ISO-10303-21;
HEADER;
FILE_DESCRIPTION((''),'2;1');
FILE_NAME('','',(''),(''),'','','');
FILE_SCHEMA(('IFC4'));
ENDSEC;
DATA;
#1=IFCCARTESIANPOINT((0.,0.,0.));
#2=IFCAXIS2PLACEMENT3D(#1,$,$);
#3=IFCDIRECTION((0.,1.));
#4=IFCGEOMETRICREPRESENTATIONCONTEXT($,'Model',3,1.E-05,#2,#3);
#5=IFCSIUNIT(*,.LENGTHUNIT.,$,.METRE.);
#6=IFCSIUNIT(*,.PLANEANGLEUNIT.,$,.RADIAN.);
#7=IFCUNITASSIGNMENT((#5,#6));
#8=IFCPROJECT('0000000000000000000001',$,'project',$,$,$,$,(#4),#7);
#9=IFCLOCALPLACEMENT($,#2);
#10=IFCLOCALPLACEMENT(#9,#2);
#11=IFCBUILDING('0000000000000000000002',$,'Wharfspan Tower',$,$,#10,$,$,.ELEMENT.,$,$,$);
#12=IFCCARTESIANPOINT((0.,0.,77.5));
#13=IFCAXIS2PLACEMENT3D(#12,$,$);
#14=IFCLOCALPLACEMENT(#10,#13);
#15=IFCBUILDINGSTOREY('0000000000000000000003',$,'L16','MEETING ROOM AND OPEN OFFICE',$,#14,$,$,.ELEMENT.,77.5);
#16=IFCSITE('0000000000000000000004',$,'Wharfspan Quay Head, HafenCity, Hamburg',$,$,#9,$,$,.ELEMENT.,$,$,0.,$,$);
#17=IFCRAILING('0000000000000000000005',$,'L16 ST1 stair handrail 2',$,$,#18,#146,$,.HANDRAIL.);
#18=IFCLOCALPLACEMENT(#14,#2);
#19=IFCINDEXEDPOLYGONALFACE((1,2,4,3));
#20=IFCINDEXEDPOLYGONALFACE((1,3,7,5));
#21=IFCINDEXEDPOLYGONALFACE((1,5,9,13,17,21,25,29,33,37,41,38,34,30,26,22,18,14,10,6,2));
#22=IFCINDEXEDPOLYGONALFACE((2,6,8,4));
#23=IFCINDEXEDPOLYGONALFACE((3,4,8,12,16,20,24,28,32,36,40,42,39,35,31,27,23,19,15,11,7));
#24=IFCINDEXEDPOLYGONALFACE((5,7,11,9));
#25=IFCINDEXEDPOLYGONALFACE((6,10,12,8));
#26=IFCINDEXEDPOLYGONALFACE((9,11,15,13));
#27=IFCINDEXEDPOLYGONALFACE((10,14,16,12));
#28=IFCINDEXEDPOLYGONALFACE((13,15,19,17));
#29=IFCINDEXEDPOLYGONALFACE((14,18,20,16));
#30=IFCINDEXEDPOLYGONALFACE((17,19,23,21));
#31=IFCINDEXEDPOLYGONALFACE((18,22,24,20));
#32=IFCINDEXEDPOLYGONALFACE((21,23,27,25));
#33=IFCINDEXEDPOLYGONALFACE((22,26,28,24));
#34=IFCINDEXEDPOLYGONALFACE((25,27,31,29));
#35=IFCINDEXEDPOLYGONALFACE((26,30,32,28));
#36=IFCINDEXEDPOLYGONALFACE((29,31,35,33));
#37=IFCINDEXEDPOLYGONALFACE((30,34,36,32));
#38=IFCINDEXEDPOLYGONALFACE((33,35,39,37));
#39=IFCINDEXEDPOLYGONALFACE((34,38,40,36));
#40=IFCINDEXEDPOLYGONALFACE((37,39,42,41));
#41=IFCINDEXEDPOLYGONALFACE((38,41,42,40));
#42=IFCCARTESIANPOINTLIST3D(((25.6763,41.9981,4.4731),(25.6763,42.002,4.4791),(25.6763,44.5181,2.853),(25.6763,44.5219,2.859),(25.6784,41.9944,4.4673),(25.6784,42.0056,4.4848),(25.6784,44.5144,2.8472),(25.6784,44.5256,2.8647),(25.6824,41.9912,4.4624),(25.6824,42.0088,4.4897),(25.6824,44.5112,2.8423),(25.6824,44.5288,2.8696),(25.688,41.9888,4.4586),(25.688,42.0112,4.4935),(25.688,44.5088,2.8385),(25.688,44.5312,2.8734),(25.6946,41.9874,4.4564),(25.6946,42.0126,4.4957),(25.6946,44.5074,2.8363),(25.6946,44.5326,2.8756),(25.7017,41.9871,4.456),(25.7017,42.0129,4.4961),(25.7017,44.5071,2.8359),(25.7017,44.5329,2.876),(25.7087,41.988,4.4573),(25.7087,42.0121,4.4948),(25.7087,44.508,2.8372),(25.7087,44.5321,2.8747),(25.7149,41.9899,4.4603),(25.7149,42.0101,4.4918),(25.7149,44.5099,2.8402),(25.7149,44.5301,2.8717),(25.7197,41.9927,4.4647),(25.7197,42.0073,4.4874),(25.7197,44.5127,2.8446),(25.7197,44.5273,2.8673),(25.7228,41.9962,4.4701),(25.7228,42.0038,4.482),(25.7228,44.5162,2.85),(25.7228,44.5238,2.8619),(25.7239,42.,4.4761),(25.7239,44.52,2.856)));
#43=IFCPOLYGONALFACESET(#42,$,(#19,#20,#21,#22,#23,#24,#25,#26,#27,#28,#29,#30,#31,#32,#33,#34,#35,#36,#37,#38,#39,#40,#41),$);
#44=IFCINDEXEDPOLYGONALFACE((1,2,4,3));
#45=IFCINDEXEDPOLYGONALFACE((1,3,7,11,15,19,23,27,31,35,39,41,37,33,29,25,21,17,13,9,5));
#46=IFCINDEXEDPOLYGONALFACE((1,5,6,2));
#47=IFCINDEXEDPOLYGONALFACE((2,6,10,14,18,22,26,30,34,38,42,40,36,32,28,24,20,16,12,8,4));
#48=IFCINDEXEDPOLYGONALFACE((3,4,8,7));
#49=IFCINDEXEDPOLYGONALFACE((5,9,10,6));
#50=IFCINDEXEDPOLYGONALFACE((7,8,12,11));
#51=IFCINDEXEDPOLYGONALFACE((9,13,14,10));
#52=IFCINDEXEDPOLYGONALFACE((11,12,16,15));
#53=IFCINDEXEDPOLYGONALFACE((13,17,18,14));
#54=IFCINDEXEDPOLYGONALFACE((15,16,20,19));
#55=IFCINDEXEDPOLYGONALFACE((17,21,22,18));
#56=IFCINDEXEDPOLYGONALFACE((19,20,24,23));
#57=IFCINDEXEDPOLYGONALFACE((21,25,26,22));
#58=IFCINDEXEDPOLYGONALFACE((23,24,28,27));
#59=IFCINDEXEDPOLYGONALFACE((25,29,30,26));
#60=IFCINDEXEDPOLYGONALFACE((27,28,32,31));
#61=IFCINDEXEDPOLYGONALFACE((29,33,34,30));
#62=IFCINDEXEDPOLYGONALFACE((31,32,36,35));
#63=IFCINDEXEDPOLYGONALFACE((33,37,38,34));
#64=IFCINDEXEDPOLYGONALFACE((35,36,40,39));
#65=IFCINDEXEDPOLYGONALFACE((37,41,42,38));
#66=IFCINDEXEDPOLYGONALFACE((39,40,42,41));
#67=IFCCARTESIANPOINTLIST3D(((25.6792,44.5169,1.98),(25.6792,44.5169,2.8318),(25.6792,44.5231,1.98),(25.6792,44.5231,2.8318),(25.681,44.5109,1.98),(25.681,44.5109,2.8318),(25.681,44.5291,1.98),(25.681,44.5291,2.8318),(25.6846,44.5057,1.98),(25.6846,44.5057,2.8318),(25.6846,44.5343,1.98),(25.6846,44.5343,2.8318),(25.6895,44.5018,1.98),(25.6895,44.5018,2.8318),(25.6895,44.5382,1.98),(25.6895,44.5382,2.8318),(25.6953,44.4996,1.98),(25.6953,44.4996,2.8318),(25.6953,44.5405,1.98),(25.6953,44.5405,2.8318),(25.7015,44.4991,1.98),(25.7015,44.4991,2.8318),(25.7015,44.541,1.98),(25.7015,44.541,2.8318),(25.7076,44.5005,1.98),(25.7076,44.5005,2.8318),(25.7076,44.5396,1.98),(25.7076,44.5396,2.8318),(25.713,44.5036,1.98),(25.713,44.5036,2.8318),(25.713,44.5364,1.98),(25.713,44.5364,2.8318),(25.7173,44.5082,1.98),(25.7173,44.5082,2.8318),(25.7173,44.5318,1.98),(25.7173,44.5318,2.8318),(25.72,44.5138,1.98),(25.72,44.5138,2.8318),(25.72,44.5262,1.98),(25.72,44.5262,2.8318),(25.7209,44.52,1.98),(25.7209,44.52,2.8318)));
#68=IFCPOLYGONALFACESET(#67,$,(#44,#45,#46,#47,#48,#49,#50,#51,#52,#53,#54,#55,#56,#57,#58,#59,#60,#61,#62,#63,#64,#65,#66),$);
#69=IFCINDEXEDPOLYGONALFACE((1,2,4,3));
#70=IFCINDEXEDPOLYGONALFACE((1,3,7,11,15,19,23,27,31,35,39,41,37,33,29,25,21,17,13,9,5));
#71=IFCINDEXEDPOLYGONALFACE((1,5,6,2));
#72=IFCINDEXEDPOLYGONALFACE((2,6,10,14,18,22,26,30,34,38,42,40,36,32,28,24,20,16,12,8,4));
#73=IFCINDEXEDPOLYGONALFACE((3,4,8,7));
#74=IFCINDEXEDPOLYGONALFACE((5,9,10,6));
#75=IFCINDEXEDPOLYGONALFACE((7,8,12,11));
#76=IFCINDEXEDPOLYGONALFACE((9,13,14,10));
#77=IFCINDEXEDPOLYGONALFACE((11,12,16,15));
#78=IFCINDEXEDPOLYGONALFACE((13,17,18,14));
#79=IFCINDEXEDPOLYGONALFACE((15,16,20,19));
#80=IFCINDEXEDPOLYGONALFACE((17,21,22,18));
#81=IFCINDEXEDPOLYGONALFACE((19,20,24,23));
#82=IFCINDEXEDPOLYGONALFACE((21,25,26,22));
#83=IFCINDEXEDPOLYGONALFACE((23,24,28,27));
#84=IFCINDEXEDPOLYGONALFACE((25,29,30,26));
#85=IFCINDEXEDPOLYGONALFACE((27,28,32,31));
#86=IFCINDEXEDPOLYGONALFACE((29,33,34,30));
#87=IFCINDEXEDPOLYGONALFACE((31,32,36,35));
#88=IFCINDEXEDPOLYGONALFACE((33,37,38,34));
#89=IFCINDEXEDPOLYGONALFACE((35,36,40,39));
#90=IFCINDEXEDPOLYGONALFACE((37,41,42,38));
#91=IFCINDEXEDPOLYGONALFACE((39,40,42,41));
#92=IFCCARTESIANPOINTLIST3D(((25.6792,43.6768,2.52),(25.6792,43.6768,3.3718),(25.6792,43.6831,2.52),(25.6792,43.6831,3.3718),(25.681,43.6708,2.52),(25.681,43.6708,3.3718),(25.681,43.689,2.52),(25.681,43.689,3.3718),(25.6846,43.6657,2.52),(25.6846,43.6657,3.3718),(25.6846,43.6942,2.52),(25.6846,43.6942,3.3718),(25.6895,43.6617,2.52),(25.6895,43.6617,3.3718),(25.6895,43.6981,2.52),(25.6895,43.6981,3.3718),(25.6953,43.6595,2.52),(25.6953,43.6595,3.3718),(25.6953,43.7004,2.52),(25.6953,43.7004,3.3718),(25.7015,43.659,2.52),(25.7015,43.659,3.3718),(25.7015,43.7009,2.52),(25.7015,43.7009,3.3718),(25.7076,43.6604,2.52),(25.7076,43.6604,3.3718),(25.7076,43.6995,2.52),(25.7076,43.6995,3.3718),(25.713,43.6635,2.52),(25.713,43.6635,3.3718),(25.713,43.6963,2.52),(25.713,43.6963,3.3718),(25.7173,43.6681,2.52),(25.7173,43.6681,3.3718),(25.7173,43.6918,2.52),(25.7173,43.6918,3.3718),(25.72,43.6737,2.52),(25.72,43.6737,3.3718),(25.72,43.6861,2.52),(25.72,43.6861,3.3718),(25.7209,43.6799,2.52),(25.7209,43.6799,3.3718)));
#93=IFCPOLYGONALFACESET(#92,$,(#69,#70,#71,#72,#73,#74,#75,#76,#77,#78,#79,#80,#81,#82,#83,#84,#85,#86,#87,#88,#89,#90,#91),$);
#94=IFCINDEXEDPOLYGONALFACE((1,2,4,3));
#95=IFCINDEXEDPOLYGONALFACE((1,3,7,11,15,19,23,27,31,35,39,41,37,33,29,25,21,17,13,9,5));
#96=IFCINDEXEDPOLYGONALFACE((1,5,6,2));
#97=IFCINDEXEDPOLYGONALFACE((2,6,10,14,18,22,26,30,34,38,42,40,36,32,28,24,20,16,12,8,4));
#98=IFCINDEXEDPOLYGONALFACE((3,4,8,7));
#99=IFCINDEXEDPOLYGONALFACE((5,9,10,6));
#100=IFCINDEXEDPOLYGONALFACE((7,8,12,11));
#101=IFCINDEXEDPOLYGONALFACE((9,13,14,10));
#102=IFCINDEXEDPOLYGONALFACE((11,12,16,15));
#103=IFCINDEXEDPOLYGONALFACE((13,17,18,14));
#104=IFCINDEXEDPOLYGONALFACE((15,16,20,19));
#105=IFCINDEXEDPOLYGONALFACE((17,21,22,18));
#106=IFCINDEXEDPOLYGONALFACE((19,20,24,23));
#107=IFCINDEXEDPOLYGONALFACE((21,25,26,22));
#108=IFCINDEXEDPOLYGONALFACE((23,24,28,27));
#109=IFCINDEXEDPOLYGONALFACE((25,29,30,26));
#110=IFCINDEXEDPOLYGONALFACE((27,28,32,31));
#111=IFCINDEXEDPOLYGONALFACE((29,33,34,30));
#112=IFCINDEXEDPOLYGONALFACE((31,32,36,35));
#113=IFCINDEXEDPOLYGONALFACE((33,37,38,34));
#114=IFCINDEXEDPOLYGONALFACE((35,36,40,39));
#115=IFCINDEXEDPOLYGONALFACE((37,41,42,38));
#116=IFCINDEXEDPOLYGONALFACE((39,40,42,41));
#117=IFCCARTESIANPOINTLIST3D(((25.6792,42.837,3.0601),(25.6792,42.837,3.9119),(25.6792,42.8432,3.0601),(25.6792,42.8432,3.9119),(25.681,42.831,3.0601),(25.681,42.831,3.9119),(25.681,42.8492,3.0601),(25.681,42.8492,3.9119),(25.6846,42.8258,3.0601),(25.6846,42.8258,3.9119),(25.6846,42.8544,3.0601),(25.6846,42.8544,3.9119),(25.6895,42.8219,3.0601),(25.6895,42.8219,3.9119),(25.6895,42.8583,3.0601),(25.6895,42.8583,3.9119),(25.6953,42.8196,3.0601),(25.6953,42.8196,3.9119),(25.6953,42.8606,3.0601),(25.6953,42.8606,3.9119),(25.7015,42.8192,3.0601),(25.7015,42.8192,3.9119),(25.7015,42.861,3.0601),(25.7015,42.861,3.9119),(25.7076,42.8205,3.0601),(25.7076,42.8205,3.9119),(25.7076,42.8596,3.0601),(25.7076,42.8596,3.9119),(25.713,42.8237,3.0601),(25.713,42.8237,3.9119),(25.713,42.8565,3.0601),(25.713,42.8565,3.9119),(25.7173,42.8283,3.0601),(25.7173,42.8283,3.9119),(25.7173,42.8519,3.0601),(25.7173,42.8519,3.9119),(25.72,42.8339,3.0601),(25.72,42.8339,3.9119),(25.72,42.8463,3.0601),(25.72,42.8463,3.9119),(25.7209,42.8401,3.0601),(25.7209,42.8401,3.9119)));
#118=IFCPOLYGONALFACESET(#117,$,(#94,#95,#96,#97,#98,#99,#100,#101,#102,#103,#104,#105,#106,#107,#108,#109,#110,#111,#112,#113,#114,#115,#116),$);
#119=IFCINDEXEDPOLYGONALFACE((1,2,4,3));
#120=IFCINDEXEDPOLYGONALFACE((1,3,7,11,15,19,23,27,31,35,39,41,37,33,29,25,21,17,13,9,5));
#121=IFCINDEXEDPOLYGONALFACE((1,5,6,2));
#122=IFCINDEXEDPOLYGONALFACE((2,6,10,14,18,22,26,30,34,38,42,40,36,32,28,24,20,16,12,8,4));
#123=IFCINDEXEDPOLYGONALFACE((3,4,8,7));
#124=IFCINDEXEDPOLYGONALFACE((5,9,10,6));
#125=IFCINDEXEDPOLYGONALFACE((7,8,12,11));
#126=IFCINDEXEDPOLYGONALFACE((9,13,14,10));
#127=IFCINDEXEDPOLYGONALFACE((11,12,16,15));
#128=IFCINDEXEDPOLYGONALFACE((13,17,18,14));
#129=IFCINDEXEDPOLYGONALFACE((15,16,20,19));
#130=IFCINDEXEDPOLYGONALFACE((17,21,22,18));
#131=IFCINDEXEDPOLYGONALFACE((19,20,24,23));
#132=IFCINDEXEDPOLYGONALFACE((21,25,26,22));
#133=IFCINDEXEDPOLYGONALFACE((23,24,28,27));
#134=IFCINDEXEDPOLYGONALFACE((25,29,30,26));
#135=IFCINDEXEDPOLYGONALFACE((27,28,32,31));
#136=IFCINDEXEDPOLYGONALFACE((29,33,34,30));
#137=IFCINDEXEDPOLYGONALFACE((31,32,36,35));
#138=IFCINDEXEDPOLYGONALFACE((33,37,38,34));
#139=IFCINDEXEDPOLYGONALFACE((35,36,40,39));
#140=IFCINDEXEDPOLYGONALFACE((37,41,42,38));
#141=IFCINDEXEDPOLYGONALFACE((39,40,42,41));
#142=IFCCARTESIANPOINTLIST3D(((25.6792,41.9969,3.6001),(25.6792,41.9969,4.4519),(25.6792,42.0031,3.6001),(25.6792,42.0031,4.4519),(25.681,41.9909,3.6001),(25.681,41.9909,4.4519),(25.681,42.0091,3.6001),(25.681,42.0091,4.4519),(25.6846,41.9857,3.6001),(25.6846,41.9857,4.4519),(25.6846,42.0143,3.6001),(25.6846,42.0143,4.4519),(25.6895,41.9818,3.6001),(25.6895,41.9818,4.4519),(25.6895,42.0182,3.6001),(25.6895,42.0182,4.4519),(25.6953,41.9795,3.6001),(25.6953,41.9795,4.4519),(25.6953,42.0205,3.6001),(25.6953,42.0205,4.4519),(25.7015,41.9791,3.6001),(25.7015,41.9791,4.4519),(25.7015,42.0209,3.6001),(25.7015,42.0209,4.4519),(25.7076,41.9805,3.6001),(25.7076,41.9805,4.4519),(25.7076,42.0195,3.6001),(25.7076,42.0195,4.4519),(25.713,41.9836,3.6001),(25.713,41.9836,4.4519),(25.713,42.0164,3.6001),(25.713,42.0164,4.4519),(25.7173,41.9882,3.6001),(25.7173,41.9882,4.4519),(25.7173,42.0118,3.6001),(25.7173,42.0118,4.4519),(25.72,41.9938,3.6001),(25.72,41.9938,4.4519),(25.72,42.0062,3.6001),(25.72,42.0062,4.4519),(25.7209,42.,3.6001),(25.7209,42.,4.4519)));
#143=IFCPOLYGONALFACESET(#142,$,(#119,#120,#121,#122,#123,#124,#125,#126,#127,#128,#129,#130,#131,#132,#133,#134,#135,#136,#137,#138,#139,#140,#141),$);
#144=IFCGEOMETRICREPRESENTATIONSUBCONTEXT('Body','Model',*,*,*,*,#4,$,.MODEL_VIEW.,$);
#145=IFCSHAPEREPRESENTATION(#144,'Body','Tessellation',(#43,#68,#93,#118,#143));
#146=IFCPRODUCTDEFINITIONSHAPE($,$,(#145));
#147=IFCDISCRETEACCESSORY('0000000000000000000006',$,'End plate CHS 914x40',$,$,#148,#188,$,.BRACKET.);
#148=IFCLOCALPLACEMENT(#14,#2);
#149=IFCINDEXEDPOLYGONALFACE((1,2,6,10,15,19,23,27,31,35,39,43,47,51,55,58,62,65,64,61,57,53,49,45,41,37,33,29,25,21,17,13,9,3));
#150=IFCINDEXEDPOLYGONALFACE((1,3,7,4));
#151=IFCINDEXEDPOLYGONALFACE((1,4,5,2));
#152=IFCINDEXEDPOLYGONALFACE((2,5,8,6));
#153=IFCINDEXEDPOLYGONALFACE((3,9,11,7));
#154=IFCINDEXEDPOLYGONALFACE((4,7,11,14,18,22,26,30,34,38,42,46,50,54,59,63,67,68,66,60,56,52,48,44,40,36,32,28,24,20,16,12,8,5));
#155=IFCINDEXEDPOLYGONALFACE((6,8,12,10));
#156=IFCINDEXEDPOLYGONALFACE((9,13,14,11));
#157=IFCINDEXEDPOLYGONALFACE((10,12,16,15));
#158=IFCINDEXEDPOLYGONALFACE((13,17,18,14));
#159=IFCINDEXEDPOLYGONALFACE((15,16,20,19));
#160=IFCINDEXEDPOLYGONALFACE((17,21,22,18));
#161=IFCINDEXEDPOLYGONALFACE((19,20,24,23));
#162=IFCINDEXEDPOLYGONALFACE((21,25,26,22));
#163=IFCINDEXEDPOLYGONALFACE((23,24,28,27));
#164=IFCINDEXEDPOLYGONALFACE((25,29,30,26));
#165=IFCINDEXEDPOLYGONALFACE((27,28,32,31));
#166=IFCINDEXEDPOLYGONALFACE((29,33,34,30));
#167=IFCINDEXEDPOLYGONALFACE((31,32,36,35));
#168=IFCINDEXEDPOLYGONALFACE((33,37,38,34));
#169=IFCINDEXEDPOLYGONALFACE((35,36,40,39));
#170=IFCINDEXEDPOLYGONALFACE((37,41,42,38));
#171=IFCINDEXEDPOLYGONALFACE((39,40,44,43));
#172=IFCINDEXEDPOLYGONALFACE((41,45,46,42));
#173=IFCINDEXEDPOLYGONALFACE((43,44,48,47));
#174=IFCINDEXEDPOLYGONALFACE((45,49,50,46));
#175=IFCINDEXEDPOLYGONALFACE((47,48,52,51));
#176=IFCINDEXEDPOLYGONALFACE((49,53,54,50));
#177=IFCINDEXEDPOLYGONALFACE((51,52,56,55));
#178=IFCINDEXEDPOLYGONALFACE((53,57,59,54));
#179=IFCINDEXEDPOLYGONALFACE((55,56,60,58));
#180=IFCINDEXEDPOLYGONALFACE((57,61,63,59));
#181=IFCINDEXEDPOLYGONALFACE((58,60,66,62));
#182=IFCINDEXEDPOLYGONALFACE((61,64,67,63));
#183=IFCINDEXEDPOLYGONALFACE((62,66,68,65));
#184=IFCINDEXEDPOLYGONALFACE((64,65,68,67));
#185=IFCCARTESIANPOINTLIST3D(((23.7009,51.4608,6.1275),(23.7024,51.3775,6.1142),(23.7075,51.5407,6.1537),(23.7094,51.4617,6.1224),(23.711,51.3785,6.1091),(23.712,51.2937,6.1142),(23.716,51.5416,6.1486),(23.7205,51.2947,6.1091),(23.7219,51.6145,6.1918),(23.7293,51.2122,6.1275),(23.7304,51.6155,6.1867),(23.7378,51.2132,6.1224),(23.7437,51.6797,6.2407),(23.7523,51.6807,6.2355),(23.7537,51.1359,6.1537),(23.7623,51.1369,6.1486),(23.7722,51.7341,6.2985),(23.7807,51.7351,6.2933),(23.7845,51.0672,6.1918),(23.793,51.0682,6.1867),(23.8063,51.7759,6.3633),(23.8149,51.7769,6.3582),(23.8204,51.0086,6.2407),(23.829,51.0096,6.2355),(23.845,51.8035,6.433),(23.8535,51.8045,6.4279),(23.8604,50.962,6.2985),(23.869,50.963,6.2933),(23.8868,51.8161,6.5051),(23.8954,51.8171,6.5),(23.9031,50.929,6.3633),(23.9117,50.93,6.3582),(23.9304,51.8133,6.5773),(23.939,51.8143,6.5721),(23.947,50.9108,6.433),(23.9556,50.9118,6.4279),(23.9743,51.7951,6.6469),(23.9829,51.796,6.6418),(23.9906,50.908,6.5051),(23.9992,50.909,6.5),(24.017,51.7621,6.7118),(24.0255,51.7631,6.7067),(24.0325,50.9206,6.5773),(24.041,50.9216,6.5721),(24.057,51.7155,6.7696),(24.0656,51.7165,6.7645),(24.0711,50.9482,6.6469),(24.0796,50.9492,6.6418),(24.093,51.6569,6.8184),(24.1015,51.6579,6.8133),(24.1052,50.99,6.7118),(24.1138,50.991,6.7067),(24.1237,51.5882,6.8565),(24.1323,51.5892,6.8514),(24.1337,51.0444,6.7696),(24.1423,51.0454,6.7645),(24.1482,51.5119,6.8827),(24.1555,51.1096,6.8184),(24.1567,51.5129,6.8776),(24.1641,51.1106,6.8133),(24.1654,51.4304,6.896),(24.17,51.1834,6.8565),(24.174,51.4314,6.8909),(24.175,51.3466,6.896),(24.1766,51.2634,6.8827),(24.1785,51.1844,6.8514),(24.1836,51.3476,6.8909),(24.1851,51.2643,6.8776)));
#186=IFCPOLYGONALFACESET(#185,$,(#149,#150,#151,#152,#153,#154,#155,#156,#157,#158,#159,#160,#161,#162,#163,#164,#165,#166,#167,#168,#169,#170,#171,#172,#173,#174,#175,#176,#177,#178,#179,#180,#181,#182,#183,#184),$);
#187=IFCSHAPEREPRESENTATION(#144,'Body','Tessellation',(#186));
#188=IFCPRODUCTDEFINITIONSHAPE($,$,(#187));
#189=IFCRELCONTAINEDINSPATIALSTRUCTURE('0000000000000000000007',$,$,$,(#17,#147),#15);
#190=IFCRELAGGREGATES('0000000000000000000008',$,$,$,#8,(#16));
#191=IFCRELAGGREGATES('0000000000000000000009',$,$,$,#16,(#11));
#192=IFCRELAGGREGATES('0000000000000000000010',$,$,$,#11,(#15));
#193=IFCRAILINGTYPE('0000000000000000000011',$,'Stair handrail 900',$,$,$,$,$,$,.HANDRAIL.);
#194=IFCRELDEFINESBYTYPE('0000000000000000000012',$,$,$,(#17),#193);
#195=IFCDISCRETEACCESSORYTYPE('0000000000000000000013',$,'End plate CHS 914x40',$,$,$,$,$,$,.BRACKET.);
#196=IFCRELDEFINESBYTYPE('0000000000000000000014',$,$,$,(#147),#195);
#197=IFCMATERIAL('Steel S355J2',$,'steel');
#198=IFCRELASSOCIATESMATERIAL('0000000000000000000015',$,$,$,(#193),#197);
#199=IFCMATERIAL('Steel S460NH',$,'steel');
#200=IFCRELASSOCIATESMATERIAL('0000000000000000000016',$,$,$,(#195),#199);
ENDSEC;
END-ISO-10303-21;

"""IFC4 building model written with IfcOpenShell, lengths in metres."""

from ifc_helpers import new_model, si_unit, direction, frame, origin, origin_2d, place, context, subcontext, project, spatial, circle, extrude, material, material_profile, profile_set, type_object, element, save


model = new_model("IFC4")

# Units and contexts
model_context = context("Model", 3, precision=1e-05, world=origin(), true_north=direction((0.0, 1.0)))
body_context = subcontext(model_context, "Body", "Model", "MODEL_VIEW")
ifc_project = project(units=[si_unit("LENGTHUNIT", "METRE"), si_unit("PLANEANGLEUNIT", "RADIAN")], contexts=[model_context])

# Site, building, storey
site_placement = place(None, origin())
site = spatial("IfcSite", under=ifc_project, at=site_placement, Name="Wharfspan Quay Head, HafenCity, Hamburg", CompositionType="ELEMENT", RefElevation=0.0)
building_placement = place(site_placement, origin())
building = spatial("IfcBuilding", under=site, at=building_placement, Name="Wharfspan Tower", CompositionType="ELEMENT")
storey_placement = place(building_placement, frame((0.0, 0.0, 77.5)))
storey = spatial("IfcBuildingStorey", under=building, at=storey_placement, Name="L16", Description="MEETING ROOM AND OPEN OFFICE", CompositionType="ELEMENT", Elevation=77.5)

# Shared definitions
ifc_material_1 = material(Name="Steel S355J2", Category="steel")

# Railing
railing_type_1 = type_object("IfcRailingType", Name="Stair handrail 900", PredefinedType="HANDRAIL", material=ifc_material_1)
railing_1_placement = place(storey_placement, frame((25.7, 44.52, 1.98)))
element("IfcRailing", 1, at=railing_1_placement, inside=storey, type_object=railing_type_1, Name="L16 ST1 stair handrail 2", PredefinedType="HANDRAIL", context=body_context, shape_type="SweptSolid", body=[
    extrude(circle(Radius=0.0239, at=origin_2d()), frame((0.0, 0.0, 0.876), z_axis=(0.0, -0.841163, 0.540782), x_axis=(1.0, 0.0, 0.0)), (0.0, 0.0, 1.0), 2.9958),
    extrude(circle(Radius=0.021, at=origin_2d()), origin(), (0.0, 0.0, 1.0), 0.8518),
    extrude(circle(Radius=0.021, at=origin_2d()), frame((0.0, -0.8401, 0.54)), (0.0, 0.0, 1.0), 0.8518),
    extrude(circle(Radius=0.021, at=origin_2d()), frame((0.0, -1.6799, 1.0801)), (0.0, 0.0, 1.0), 0.8518),
    extrude(circle(Radius=0.021, at=origin_2d()), frame((0.0, -2.52, 1.6201)), (0.0, 0.0, 1.0), 0.8518),
])

# Discrete accessory
ifc_material_2 = material(Name="Steel S460NH", Category="steel")
ifc_material_profile_1 = material_profile(ifc_material_2, circle(Radius=0.457, at=origin_2d()))
ifc_profile_set_1 = profile_set([ifc_material_profile_1], Name="Steel S460NH")
discrete_accessory_type = type_object("IfcDiscreteAccessoryType", Name="End plate CHS 914x40", PredefinedType="BRACKET", material=ifc_profile_set_1)
discrete_accessory_placement = place(storey_placement, frame((23.9473, 51.363, 6.5), z_axis=(-0.853405, -0.097532, 0.512043), x_axis=(0.113547, -0.993531, 0.000001)))
element("IfcDiscreteAccessory", 2, at=discrete_accessory_placement, inside=storey, type_object=discrete_accessory_type, Name="End plate CHS 914x40", PredefinedType="BRACKET", context=body_context, shape_type="SweptSolid", body=[
    extrude(circle(Radius=0.457, at=origin_2d()), origin(), (0.0, 0.0, 1.0), 0.01),
])

save(model, "model.ifc")
